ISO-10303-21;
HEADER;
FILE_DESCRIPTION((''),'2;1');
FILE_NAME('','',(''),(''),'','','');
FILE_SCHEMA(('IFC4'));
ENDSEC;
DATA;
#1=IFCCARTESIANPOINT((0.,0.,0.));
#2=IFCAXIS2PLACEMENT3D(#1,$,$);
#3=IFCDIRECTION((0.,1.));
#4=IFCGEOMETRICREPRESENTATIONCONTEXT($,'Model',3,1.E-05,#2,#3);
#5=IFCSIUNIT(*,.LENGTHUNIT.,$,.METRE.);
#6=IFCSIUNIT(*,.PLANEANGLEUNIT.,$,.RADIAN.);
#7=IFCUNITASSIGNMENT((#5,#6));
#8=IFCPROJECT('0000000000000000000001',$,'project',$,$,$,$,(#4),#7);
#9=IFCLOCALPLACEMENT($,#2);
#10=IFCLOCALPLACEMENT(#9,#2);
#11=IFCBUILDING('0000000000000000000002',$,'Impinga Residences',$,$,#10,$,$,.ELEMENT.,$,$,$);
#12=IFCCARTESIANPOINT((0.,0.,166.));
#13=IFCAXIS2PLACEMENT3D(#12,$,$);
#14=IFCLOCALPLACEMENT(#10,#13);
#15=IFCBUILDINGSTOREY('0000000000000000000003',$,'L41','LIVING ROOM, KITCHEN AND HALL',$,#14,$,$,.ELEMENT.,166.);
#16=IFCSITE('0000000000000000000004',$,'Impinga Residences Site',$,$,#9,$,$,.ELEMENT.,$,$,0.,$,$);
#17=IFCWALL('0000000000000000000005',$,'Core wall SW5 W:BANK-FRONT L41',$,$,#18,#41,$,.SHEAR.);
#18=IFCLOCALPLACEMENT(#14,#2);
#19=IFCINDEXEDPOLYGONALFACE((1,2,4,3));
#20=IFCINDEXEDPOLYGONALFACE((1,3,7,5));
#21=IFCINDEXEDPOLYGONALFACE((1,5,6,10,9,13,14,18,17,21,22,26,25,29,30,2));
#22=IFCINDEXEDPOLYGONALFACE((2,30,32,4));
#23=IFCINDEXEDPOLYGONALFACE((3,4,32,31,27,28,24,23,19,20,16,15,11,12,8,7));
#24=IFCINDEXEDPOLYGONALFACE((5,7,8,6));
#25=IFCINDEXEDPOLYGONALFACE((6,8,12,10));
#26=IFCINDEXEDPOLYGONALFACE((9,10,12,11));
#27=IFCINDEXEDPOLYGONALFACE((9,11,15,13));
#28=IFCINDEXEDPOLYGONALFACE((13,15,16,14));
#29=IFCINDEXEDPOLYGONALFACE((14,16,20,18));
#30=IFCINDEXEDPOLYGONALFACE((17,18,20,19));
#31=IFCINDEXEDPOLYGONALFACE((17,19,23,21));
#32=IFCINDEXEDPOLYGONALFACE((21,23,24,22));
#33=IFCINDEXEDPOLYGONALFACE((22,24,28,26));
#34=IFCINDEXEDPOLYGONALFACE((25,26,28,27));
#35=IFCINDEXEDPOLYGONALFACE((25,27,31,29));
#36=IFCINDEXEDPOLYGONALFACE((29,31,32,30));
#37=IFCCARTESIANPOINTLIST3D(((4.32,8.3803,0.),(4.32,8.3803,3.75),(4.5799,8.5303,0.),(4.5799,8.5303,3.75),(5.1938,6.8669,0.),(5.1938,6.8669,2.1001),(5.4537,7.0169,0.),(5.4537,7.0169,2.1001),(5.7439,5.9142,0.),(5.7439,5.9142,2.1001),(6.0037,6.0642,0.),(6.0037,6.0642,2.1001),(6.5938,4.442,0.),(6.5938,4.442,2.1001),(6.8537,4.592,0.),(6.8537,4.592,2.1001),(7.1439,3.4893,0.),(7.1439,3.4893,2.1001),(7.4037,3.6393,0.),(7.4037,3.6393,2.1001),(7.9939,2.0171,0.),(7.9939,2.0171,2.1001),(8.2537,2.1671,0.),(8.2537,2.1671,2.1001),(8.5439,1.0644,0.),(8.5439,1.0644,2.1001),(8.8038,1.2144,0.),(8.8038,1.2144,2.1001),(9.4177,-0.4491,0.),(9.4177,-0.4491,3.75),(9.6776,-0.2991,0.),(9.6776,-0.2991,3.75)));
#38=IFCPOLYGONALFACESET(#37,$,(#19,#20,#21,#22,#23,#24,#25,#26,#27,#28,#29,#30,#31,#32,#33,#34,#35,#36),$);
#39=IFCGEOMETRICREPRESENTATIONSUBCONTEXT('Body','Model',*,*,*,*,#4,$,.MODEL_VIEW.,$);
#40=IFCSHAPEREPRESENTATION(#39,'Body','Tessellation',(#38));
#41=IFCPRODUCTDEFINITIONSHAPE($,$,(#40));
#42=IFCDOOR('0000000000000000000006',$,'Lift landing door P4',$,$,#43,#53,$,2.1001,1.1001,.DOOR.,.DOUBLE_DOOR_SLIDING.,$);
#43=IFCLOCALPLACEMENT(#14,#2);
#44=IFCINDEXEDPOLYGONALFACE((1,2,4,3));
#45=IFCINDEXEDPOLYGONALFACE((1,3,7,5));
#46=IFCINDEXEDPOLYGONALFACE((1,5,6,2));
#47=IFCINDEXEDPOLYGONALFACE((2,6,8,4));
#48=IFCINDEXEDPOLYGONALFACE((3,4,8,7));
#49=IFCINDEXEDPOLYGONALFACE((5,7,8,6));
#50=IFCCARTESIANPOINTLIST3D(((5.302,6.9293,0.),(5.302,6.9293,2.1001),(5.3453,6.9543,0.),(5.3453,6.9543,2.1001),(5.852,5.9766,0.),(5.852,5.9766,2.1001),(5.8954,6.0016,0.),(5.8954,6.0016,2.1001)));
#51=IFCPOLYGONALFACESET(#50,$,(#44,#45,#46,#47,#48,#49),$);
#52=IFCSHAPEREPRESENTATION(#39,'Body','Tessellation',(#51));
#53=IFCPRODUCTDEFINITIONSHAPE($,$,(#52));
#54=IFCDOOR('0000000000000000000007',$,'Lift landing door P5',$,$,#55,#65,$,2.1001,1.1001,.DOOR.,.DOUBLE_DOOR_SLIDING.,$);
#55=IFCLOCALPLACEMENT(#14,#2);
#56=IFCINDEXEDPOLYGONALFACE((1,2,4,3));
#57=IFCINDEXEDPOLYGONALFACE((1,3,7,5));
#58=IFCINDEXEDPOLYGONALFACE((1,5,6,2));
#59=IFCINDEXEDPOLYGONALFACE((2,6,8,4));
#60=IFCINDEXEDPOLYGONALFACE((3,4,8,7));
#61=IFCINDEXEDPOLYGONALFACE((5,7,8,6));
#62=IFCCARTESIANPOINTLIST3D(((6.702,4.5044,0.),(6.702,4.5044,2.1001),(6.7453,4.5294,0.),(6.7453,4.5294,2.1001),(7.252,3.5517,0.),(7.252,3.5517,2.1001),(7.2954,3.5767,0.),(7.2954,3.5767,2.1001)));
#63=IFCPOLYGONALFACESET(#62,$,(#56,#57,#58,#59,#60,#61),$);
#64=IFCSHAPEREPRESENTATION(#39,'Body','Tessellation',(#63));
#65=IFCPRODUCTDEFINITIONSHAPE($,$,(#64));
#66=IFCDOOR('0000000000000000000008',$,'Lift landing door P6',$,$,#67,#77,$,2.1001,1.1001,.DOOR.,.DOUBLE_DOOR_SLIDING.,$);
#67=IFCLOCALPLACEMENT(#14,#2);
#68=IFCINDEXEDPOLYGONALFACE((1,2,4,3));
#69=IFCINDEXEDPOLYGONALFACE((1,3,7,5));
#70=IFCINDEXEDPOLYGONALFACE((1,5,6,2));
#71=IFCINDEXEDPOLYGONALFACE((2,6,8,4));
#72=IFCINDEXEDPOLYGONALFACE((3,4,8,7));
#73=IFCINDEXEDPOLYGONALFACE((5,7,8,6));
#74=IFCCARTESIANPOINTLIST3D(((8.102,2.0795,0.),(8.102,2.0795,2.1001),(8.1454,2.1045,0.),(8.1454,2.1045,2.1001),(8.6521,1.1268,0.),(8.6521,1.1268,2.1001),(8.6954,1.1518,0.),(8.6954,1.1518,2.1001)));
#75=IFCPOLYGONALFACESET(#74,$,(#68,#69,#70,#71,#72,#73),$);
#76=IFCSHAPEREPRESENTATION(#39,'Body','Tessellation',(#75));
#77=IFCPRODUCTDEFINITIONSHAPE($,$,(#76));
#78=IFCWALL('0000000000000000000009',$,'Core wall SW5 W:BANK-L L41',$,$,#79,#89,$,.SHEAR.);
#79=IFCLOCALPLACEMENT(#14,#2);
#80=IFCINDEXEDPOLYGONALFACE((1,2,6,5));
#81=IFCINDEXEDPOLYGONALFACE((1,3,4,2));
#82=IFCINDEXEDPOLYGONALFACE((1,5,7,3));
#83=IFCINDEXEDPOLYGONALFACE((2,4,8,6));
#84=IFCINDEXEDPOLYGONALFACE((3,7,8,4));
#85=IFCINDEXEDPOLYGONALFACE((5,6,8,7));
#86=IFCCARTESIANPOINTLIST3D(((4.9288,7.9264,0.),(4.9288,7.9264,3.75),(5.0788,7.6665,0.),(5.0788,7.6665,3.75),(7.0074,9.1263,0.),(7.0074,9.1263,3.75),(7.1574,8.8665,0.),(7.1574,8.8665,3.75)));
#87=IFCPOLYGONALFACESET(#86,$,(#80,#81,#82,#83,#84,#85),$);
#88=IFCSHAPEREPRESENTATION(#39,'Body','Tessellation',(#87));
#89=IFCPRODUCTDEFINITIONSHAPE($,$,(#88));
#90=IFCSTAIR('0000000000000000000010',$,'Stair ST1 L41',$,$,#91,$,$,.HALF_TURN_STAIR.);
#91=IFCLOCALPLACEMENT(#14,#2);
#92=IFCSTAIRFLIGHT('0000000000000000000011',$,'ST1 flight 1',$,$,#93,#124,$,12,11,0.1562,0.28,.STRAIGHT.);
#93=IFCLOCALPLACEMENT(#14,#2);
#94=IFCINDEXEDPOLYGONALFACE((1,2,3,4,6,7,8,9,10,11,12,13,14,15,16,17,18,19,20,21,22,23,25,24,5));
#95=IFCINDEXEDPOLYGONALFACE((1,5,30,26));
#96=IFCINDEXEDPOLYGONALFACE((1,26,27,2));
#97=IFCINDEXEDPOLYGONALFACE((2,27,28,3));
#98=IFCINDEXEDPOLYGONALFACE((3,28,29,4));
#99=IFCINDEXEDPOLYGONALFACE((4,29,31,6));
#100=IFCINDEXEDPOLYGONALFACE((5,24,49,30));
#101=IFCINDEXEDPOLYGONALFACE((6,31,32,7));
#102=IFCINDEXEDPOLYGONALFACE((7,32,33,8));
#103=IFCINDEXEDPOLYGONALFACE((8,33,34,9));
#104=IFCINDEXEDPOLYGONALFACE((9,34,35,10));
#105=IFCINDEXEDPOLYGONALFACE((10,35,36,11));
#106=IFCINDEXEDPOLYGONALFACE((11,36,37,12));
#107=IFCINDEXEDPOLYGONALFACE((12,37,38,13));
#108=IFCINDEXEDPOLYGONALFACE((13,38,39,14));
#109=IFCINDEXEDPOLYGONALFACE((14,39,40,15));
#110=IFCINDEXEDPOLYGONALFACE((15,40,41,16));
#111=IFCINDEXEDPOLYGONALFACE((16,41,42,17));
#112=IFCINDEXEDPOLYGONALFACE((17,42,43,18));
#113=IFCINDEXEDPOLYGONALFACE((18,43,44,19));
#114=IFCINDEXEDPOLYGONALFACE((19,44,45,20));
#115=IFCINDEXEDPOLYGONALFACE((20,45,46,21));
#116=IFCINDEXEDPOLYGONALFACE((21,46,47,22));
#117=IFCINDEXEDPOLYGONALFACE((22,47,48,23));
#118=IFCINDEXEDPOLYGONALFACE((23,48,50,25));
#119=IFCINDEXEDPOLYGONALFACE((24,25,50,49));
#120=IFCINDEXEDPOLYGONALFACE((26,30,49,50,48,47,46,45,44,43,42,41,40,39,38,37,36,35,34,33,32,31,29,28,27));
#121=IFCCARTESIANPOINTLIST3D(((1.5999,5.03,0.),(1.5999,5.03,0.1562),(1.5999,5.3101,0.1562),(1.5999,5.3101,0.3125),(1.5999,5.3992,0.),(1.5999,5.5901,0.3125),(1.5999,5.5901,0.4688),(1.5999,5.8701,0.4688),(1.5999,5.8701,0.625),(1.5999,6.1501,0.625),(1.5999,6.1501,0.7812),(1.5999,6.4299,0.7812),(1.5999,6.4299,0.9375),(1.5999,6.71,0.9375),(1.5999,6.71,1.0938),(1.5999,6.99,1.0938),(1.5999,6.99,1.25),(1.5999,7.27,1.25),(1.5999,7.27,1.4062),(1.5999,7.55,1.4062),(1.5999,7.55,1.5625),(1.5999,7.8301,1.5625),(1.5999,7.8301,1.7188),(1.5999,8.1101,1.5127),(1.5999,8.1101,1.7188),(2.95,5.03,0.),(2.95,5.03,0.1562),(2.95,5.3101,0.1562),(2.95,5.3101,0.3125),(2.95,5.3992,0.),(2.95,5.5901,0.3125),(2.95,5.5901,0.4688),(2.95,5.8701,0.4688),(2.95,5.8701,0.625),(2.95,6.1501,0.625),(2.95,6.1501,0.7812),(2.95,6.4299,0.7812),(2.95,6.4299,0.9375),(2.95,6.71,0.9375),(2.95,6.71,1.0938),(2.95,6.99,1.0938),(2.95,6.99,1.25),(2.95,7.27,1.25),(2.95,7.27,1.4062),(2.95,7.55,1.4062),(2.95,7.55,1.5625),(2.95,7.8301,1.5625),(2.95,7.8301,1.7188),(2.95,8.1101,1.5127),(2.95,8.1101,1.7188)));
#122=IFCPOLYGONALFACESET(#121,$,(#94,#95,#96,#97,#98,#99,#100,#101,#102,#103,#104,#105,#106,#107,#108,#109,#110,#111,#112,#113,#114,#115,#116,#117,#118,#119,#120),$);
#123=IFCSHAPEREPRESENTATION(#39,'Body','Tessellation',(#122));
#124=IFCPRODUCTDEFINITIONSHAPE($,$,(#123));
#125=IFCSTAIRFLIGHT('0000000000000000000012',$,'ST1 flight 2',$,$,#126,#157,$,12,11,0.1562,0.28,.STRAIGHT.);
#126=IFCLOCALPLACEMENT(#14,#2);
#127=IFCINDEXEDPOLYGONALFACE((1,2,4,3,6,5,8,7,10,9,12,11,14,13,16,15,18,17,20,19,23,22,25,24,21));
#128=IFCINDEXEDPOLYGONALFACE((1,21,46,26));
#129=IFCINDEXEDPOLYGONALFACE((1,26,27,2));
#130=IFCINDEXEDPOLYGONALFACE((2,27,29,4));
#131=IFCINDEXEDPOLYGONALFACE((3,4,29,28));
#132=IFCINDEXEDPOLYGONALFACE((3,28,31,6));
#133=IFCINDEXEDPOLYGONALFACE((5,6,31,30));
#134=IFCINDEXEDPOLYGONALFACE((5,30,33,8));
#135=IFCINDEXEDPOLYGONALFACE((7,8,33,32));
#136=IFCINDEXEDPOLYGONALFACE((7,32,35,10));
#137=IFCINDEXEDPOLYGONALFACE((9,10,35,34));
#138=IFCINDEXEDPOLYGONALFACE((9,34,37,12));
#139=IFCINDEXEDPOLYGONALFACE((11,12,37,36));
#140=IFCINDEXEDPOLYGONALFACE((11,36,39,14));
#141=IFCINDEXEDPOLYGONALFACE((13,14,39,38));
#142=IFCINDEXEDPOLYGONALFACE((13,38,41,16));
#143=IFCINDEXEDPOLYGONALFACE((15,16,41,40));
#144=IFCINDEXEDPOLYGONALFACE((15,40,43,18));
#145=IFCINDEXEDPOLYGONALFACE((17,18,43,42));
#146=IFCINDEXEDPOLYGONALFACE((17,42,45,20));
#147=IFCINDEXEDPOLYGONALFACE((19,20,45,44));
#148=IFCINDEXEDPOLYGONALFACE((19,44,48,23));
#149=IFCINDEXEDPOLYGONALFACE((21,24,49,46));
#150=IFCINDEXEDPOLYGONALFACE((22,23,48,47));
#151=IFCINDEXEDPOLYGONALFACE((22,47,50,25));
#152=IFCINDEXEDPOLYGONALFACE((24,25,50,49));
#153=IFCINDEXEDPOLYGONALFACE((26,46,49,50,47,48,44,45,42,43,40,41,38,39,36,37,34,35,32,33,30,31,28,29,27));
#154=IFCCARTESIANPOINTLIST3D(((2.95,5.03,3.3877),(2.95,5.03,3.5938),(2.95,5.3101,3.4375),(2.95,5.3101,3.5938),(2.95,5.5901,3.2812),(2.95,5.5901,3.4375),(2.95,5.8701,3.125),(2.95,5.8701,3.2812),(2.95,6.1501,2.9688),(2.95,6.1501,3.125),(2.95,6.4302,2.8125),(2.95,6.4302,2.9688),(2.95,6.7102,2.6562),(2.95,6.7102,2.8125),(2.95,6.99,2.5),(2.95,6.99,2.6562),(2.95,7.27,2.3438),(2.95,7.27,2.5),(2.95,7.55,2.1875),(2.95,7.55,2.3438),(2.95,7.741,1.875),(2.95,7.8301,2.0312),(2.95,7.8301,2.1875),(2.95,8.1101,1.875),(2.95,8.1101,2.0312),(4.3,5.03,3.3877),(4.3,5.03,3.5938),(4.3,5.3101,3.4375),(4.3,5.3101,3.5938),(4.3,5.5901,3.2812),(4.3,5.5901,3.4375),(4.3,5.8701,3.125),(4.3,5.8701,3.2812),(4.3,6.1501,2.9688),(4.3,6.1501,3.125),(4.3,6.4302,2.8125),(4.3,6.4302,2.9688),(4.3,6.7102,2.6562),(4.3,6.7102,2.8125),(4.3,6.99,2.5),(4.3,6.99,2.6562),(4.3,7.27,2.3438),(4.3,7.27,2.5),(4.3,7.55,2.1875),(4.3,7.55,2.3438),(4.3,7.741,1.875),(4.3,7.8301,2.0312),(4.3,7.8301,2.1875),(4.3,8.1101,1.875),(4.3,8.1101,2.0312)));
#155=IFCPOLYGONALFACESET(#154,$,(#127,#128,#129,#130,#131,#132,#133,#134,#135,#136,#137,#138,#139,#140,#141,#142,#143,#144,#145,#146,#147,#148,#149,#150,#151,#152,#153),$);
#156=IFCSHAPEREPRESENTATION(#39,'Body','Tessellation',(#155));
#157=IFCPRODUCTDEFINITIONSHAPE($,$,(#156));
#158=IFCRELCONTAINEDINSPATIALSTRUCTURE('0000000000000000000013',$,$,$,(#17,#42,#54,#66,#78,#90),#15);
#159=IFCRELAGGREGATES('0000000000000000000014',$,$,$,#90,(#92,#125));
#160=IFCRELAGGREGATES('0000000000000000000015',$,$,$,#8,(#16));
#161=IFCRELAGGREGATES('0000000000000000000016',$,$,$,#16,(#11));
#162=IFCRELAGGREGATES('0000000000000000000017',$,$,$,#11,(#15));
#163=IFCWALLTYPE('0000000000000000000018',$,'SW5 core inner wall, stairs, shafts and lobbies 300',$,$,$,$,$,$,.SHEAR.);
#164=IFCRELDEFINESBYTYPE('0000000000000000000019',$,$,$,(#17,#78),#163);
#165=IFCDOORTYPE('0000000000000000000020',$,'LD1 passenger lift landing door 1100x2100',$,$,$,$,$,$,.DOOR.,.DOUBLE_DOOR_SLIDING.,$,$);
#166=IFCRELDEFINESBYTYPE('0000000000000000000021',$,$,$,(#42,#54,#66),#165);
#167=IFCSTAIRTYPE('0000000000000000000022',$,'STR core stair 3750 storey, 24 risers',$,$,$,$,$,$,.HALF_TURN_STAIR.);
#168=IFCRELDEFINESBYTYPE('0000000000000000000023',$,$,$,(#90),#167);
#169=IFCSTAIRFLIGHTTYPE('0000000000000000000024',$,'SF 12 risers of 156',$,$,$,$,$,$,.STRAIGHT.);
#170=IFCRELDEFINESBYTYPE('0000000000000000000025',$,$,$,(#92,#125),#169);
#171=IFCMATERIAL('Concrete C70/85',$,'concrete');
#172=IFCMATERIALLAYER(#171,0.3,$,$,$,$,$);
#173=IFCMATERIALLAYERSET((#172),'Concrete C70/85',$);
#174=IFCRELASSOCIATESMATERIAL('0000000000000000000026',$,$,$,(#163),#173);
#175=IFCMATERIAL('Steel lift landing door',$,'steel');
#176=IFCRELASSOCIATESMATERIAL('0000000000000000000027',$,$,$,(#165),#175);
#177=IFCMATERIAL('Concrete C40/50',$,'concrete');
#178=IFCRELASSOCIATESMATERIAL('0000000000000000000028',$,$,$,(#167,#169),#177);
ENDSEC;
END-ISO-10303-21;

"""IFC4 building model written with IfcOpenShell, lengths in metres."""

from ifc_helpers import new_model, si_unit, direction, frame, frame_2d, origin, place, context, subcontext, project, spatial, polyline, rectangle, outline, extrude, material, layer, layer_set, type_object, element, fill, aggregate, save


model = new_model("IFC4")

# Units and contexts
model_context = context("Model", 3, precision=1e-05, world=origin(), true_north=direction((0.0, 1.0)))
body_context = subcontext(model_context, "Body", "Model", "MODEL_VIEW")
ifc_project = project(units=[si_unit("LENGTHUNIT", "METRE"), si_unit("PLANEANGLEUNIT", "RADIAN")], contexts=[model_context])

# Site, building, storey
site_placement = place(None, origin())
site = spatial("IfcSite", under=ifc_project, at=site_placement, Name="Impinga Residences Site", CompositionType="ELEMENT", RefElevation=0.0)
building_placement = place(site_placement, origin())
building = spatial("IfcBuilding", under=site, at=building_placement, Name="Impinga Residences", CompositionType="ELEMENT")
storey_placement = place(building_placement, frame((0.0, 0.0, 166.0)))
storey = spatial("IfcBuildingStorey", under=building, at=storey_placement, Name="L41", Description="LIVING ROOM, KITCHEN AND HALL", CompositionType="ELEMENT", Elevation=166.0)

# Shared definitions
ifc_material_1 = material(Name="Concrete C70/85", Category="concrete")
ifc_layer_1 = layer(ifc_material_1, 0.3)
ifc_layer_set_1 = layer_set([ifc_layer_1], Name="Concrete C70/85")
wall_type_1 = type_object("IfcWallType", Name="SW5 core inner wall, stairs, shafts and lobbies 300", PredefinedType="SHEAR", material=ifc_layer_set_1)

# Wall, openings, doors
wall_1_placement = place(storey_placement, frame((4.45, 8.4553, 0.0), z_axis=(0.0, 0.0, 1.0), x_axis=(0.500002, -0.866024, 0.0)))
wall_1 = element("IfcWall", 1, at=wall_1_placement, inside=storey, type_object=wall_type_1, Name="Core wall SW5 W:BANK-FRONT L41", PredefinedType="SHEAR", context=body_context, shape_type="SweptSolid", body=[
    extrude(rectangle(XDim=10.1953, YDim=0.3, at=frame_2d((5.0977, 0.0))), origin(), (0.0, 0.0, 1.0), 3.75),
])
opening_1_placement = place(wall_1_placement, frame((1.7476, 0.0, 0.0)))
opening_1 = element("IfcOpeningElement", 2, at=opening_1_placement, cuts=wall_1, PredefinedType="OPENING", context=body_context, shape_type="SweptSolid", body=[
    extrude(rectangle(XDim=1.1001, YDim=2.1001, at=frame_2d((0.55, 1.05))), frame((0.0, 0.1599, 0.0), z_axis=(0.0, -1.0, 0.0), x_axis=(1.0, 0.0, 0.0)), (0.0, 0.0, 1.0), 0.3201),
])
opening_2_placement = place(wall_1_placement, frame((4.5476, 0.0, 0.0)))
opening_2 = element("IfcOpeningElement", 3, at=opening_2_placement, cuts=wall_1, PredefinedType="OPENING", context=body_context, shape_type="SweptSolid", body=[
    extrude(rectangle(XDim=1.1001, YDim=2.1001, at=frame_2d((0.55, 1.05))), frame((0.0, 0.1599, 0.0), z_axis=(0.0, -1.0, 0.0), x_axis=(1.0, 0.0, 0.0)), (0.0, 0.0, 1.0), 0.3201),
])
opening_3_placement = place(wall_1_placement, frame((7.3477, 0.0, 0.0)))
opening_3 = element("IfcOpeningElement", 4, at=opening_3_placement, cuts=wall_1, PredefinedType="OPENING", context=body_context, shape_type="SweptSolid", body=[
    extrude(rectangle(XDim=1.1001, YDim=2.1001, at=frame_2d((0.55, 1.05))), frame((0.0, 0.1599, 0.0), z_axis=(0.0, -1.0, 0.0), x_axis=(1.0, 0.0, 0.0)), (0.0, 0.0, 1.0), 0.3201),
])
ifc_material_2 = material(Name="Steel lift landing door", Category="steel")
door_type_1 = type_object("IfcDoorType", Name="LD1 passenger lift landing door 1100x2100", OperationType="DOUBLE_DOOR_SLIDING", PredefinedType="DOOR", material=ifc_material_2)
door_1_placement = place(opening_1_placement, origin())
door_1 = element("IfcDoor", 5, at=door_1_placement, inside=storey, type_object=door_type_1, Name="Lift landing door P4", OperationType="DOUBLE_DOOR_SLIDING", OverallHeight=2.1001, OverallWidth=1.1001, PredefinedType="DOOR", context=body_context, shape_type="SweptSolid", body=[
    extrude(rectangle(XDim=1.1001, YDim=2.1001, at=frame_2d((0.55, 1.05))), frame((0.0, 0.0249, 0.0), z_axis=(0.0, -1.0, 0.0), x_axis=(1.0, 0.0, 0.0)), (0.0, 0.0, 1.0), 0.05),
])
fill(opening_1, door_1)
door_2_placement = place(opening_2_placement, origin())
door_2 = element("IfcDoor", 6, at=door_2_placement, inside=storey, type_object=door_type_1, Name="Lift landing door P5", OperationType="DOUBLE_DOOR_SLIDING", OverallHeight=2.1001, OverallWidth=1.1001, PredefinedType="DOOR", context=body_context, shape_type="SweptSolid", body=[
    extrude(rectangle(XDim=1.1001, YDim=2.1001, at=frame_2d((0.55, 1.05))), frame((0.0, 0.0249, 0.0), z_axis=(0.0, -1.0, 0.0), x_axis=(1.0, 0.0, 0.0)), (0.0, 0.0, 1.0), 0.05),
])
fill(opening_2, door_2)
door_3_placement = place(opening_3_placement, origin())
door_3 = element("IfcDoor", 7, at=door_3_placement, inside=storey, type_object=door_type_1, Name="Lift landing door P6", OperationType="DOUBLE_DOOR_SLIDING", OverallHeight=2.1001, OverallWidth=1.1001, PredefinedType="DOOR", context=body_context, shape_type="SweptSolid", body=[
    extrude(rectangle(XDim=1.1001, YDim=2.1001, at=frame_2d((0.55, 1.05))), frame((0.0, 0.0249, 0.0), z_axis=(0.0, -1.0, 0.0), x_axis=(1.0, 0.0, 0.0)), (0.0, 0.0, 1.0), 0.05),
])
fill(opening_3, door_3)

# Wall
wall_2_placement = place(storey_placement, frame((5.0037, 7.7964, 0.0), z_axis=(0.0, 0.0, 1.0), x_axis=(0.86605, 0.499957, 0.0)))
element("IfcWall", 8, at=wall_2_placement, inside=storey, type_object=wall_type_1, Name="Core wall SW5 W:BANK-L L41", PredefinedType="SHEAR", context=body_context, shape_type="SweptSolid", body=[
    extrude(rectangle(XDim=2.4001, YDim=0.3, at=frame_2d((1.2002, 0.0))), origin(), (0.0, 0.0, 1.0), 3.75),
])

# Stair, stair flights
ifc_material_3 = material(Name="Concrete C40/50", Category="concrete")
stair_type = type_object("IfcStairType", Name="STR core stair 3750 storey, 24 risers", PredefinedType="HALF_TURN_STAIR", material=ifc_material_3)
stair_placement = place(storey_placement, origin())
stair = element("IfcStair", 9, at=stair_placement, inside=storey, type_object=stair_type, Name="Stair ST1 L41", PredefinedType="HALF_TURN_STAIR")
stair_flight_type = type_object("IfcStairFlightType", Name="SF 12 risers of 156", PredefinedType="STRAIGHT", material=ifc_material_3)
stair_flight_1_placement = place(storey_placement, frame((2.2749, 5.03, 0.0), z_axis=(0.0, 0.0, 1.0), x_axis=(0.0, 1.0, 0.0)))
stair_flight_1 = element("IfcStairFlight", 10, at=stair_flight_1_placement, type_object=stair_flight_type, Name="ST1 flight 1", NumberOfRisers=12, NumberOfTreads=11, PredefinedType="STRAIGHT", RiserHeight=0.1562, TreadLength=0.28, context=body_context, shape_type="SweptSolid", body=[
    extrude(outline(polyline([(0.0, 0.0), (0.0, 0.1562), (0.28, 0.1562), (0.28, 0.3125), (0.5601, 0.3125), (0.5601, 0.4688), (0.8401, 0.4688), (0.8401, 0.625), (1.1201, 0.625), (1.1201, 0.7812), (1.3999, 0.7812), (1.3999, 0.9375), (1.6799, 0.9375), (1.6799, 1.0938), (1.96, 1.0938), (1.96, 1.25), (2.24, 1.25), (2.24, 1.4062), (2.52, 1.4062), (2.52, 1.5625), (2.8, 1.5625), (2.8, 1.7188), (3.0801, 1.7188), (3.0801, 1.875), (3.0801, 1.5127), (0.3691, 0.0), (0.0, 0.0)])), frame((0.0, 0.675, 0.0), z_axis=(0.0, -1.0, 0.0), x_axis=(1.0, 0.0, 0.0)), (0.0, 0.0, 1.0), 1.3501),
])
stair_flight_2_placement = place(storey_placement, frame((3.625, 8.1101, 1.875), z_axis=(0.0, 0.0, 1.0), x_axis=(0.0, -1.0, 0.0)))
stair_flight_2 = element("IfcStairFlight", 11, at=stair_flight_2_placement, type_object=stair_flight_type, Name="ST1 flight 2", NumberOfRisers=12, NumberOfTreads=11, PredefinedType="STRAIGHT", RiserHeight=0.1562, TreadLength=0.28, context=body_context, shape_type="SweptSolid", body=[
    extrude(outline(polyline([(0.0, 0.0), (0.0, 0.1562), (0.28, 0.1562), (0.28, 0.3125), (0.5601, 0.3125), (0.5601, 0.4688), (0.8401, 0.4688), (0.8401, 0.625), (1.1201, 0.625), (1.1201, 0.7812), (1.3999, 0.7812), (1.3999, 0.9375), (1.6799, 0.9375), (1.6799, 1.0938), (1.96, 1.0938), (1.96, 1.25), (2.24, 1.25), (2.24, 1.4062), (2.52, 1.4062), (2.52, 1.5625), (2.8, 1.5625), (2.8, 1.7188), (3.0801, 1.7188), (3.0801, 1.875), (3.0801, 1.5127), (0.3691, 0.0), (0.0, 0.0)])), frame((0.0, 0.675, 0.0), z_axis=(0.0, -1.0, 0.0), x_axis=(1.0, 0.0, 0.0)), (0.0, 0.0, 1.0), 1.3501),
])
aggregate(stair, [stair_flight_1, stair_flight_2])

save(model, "model.ifc")
